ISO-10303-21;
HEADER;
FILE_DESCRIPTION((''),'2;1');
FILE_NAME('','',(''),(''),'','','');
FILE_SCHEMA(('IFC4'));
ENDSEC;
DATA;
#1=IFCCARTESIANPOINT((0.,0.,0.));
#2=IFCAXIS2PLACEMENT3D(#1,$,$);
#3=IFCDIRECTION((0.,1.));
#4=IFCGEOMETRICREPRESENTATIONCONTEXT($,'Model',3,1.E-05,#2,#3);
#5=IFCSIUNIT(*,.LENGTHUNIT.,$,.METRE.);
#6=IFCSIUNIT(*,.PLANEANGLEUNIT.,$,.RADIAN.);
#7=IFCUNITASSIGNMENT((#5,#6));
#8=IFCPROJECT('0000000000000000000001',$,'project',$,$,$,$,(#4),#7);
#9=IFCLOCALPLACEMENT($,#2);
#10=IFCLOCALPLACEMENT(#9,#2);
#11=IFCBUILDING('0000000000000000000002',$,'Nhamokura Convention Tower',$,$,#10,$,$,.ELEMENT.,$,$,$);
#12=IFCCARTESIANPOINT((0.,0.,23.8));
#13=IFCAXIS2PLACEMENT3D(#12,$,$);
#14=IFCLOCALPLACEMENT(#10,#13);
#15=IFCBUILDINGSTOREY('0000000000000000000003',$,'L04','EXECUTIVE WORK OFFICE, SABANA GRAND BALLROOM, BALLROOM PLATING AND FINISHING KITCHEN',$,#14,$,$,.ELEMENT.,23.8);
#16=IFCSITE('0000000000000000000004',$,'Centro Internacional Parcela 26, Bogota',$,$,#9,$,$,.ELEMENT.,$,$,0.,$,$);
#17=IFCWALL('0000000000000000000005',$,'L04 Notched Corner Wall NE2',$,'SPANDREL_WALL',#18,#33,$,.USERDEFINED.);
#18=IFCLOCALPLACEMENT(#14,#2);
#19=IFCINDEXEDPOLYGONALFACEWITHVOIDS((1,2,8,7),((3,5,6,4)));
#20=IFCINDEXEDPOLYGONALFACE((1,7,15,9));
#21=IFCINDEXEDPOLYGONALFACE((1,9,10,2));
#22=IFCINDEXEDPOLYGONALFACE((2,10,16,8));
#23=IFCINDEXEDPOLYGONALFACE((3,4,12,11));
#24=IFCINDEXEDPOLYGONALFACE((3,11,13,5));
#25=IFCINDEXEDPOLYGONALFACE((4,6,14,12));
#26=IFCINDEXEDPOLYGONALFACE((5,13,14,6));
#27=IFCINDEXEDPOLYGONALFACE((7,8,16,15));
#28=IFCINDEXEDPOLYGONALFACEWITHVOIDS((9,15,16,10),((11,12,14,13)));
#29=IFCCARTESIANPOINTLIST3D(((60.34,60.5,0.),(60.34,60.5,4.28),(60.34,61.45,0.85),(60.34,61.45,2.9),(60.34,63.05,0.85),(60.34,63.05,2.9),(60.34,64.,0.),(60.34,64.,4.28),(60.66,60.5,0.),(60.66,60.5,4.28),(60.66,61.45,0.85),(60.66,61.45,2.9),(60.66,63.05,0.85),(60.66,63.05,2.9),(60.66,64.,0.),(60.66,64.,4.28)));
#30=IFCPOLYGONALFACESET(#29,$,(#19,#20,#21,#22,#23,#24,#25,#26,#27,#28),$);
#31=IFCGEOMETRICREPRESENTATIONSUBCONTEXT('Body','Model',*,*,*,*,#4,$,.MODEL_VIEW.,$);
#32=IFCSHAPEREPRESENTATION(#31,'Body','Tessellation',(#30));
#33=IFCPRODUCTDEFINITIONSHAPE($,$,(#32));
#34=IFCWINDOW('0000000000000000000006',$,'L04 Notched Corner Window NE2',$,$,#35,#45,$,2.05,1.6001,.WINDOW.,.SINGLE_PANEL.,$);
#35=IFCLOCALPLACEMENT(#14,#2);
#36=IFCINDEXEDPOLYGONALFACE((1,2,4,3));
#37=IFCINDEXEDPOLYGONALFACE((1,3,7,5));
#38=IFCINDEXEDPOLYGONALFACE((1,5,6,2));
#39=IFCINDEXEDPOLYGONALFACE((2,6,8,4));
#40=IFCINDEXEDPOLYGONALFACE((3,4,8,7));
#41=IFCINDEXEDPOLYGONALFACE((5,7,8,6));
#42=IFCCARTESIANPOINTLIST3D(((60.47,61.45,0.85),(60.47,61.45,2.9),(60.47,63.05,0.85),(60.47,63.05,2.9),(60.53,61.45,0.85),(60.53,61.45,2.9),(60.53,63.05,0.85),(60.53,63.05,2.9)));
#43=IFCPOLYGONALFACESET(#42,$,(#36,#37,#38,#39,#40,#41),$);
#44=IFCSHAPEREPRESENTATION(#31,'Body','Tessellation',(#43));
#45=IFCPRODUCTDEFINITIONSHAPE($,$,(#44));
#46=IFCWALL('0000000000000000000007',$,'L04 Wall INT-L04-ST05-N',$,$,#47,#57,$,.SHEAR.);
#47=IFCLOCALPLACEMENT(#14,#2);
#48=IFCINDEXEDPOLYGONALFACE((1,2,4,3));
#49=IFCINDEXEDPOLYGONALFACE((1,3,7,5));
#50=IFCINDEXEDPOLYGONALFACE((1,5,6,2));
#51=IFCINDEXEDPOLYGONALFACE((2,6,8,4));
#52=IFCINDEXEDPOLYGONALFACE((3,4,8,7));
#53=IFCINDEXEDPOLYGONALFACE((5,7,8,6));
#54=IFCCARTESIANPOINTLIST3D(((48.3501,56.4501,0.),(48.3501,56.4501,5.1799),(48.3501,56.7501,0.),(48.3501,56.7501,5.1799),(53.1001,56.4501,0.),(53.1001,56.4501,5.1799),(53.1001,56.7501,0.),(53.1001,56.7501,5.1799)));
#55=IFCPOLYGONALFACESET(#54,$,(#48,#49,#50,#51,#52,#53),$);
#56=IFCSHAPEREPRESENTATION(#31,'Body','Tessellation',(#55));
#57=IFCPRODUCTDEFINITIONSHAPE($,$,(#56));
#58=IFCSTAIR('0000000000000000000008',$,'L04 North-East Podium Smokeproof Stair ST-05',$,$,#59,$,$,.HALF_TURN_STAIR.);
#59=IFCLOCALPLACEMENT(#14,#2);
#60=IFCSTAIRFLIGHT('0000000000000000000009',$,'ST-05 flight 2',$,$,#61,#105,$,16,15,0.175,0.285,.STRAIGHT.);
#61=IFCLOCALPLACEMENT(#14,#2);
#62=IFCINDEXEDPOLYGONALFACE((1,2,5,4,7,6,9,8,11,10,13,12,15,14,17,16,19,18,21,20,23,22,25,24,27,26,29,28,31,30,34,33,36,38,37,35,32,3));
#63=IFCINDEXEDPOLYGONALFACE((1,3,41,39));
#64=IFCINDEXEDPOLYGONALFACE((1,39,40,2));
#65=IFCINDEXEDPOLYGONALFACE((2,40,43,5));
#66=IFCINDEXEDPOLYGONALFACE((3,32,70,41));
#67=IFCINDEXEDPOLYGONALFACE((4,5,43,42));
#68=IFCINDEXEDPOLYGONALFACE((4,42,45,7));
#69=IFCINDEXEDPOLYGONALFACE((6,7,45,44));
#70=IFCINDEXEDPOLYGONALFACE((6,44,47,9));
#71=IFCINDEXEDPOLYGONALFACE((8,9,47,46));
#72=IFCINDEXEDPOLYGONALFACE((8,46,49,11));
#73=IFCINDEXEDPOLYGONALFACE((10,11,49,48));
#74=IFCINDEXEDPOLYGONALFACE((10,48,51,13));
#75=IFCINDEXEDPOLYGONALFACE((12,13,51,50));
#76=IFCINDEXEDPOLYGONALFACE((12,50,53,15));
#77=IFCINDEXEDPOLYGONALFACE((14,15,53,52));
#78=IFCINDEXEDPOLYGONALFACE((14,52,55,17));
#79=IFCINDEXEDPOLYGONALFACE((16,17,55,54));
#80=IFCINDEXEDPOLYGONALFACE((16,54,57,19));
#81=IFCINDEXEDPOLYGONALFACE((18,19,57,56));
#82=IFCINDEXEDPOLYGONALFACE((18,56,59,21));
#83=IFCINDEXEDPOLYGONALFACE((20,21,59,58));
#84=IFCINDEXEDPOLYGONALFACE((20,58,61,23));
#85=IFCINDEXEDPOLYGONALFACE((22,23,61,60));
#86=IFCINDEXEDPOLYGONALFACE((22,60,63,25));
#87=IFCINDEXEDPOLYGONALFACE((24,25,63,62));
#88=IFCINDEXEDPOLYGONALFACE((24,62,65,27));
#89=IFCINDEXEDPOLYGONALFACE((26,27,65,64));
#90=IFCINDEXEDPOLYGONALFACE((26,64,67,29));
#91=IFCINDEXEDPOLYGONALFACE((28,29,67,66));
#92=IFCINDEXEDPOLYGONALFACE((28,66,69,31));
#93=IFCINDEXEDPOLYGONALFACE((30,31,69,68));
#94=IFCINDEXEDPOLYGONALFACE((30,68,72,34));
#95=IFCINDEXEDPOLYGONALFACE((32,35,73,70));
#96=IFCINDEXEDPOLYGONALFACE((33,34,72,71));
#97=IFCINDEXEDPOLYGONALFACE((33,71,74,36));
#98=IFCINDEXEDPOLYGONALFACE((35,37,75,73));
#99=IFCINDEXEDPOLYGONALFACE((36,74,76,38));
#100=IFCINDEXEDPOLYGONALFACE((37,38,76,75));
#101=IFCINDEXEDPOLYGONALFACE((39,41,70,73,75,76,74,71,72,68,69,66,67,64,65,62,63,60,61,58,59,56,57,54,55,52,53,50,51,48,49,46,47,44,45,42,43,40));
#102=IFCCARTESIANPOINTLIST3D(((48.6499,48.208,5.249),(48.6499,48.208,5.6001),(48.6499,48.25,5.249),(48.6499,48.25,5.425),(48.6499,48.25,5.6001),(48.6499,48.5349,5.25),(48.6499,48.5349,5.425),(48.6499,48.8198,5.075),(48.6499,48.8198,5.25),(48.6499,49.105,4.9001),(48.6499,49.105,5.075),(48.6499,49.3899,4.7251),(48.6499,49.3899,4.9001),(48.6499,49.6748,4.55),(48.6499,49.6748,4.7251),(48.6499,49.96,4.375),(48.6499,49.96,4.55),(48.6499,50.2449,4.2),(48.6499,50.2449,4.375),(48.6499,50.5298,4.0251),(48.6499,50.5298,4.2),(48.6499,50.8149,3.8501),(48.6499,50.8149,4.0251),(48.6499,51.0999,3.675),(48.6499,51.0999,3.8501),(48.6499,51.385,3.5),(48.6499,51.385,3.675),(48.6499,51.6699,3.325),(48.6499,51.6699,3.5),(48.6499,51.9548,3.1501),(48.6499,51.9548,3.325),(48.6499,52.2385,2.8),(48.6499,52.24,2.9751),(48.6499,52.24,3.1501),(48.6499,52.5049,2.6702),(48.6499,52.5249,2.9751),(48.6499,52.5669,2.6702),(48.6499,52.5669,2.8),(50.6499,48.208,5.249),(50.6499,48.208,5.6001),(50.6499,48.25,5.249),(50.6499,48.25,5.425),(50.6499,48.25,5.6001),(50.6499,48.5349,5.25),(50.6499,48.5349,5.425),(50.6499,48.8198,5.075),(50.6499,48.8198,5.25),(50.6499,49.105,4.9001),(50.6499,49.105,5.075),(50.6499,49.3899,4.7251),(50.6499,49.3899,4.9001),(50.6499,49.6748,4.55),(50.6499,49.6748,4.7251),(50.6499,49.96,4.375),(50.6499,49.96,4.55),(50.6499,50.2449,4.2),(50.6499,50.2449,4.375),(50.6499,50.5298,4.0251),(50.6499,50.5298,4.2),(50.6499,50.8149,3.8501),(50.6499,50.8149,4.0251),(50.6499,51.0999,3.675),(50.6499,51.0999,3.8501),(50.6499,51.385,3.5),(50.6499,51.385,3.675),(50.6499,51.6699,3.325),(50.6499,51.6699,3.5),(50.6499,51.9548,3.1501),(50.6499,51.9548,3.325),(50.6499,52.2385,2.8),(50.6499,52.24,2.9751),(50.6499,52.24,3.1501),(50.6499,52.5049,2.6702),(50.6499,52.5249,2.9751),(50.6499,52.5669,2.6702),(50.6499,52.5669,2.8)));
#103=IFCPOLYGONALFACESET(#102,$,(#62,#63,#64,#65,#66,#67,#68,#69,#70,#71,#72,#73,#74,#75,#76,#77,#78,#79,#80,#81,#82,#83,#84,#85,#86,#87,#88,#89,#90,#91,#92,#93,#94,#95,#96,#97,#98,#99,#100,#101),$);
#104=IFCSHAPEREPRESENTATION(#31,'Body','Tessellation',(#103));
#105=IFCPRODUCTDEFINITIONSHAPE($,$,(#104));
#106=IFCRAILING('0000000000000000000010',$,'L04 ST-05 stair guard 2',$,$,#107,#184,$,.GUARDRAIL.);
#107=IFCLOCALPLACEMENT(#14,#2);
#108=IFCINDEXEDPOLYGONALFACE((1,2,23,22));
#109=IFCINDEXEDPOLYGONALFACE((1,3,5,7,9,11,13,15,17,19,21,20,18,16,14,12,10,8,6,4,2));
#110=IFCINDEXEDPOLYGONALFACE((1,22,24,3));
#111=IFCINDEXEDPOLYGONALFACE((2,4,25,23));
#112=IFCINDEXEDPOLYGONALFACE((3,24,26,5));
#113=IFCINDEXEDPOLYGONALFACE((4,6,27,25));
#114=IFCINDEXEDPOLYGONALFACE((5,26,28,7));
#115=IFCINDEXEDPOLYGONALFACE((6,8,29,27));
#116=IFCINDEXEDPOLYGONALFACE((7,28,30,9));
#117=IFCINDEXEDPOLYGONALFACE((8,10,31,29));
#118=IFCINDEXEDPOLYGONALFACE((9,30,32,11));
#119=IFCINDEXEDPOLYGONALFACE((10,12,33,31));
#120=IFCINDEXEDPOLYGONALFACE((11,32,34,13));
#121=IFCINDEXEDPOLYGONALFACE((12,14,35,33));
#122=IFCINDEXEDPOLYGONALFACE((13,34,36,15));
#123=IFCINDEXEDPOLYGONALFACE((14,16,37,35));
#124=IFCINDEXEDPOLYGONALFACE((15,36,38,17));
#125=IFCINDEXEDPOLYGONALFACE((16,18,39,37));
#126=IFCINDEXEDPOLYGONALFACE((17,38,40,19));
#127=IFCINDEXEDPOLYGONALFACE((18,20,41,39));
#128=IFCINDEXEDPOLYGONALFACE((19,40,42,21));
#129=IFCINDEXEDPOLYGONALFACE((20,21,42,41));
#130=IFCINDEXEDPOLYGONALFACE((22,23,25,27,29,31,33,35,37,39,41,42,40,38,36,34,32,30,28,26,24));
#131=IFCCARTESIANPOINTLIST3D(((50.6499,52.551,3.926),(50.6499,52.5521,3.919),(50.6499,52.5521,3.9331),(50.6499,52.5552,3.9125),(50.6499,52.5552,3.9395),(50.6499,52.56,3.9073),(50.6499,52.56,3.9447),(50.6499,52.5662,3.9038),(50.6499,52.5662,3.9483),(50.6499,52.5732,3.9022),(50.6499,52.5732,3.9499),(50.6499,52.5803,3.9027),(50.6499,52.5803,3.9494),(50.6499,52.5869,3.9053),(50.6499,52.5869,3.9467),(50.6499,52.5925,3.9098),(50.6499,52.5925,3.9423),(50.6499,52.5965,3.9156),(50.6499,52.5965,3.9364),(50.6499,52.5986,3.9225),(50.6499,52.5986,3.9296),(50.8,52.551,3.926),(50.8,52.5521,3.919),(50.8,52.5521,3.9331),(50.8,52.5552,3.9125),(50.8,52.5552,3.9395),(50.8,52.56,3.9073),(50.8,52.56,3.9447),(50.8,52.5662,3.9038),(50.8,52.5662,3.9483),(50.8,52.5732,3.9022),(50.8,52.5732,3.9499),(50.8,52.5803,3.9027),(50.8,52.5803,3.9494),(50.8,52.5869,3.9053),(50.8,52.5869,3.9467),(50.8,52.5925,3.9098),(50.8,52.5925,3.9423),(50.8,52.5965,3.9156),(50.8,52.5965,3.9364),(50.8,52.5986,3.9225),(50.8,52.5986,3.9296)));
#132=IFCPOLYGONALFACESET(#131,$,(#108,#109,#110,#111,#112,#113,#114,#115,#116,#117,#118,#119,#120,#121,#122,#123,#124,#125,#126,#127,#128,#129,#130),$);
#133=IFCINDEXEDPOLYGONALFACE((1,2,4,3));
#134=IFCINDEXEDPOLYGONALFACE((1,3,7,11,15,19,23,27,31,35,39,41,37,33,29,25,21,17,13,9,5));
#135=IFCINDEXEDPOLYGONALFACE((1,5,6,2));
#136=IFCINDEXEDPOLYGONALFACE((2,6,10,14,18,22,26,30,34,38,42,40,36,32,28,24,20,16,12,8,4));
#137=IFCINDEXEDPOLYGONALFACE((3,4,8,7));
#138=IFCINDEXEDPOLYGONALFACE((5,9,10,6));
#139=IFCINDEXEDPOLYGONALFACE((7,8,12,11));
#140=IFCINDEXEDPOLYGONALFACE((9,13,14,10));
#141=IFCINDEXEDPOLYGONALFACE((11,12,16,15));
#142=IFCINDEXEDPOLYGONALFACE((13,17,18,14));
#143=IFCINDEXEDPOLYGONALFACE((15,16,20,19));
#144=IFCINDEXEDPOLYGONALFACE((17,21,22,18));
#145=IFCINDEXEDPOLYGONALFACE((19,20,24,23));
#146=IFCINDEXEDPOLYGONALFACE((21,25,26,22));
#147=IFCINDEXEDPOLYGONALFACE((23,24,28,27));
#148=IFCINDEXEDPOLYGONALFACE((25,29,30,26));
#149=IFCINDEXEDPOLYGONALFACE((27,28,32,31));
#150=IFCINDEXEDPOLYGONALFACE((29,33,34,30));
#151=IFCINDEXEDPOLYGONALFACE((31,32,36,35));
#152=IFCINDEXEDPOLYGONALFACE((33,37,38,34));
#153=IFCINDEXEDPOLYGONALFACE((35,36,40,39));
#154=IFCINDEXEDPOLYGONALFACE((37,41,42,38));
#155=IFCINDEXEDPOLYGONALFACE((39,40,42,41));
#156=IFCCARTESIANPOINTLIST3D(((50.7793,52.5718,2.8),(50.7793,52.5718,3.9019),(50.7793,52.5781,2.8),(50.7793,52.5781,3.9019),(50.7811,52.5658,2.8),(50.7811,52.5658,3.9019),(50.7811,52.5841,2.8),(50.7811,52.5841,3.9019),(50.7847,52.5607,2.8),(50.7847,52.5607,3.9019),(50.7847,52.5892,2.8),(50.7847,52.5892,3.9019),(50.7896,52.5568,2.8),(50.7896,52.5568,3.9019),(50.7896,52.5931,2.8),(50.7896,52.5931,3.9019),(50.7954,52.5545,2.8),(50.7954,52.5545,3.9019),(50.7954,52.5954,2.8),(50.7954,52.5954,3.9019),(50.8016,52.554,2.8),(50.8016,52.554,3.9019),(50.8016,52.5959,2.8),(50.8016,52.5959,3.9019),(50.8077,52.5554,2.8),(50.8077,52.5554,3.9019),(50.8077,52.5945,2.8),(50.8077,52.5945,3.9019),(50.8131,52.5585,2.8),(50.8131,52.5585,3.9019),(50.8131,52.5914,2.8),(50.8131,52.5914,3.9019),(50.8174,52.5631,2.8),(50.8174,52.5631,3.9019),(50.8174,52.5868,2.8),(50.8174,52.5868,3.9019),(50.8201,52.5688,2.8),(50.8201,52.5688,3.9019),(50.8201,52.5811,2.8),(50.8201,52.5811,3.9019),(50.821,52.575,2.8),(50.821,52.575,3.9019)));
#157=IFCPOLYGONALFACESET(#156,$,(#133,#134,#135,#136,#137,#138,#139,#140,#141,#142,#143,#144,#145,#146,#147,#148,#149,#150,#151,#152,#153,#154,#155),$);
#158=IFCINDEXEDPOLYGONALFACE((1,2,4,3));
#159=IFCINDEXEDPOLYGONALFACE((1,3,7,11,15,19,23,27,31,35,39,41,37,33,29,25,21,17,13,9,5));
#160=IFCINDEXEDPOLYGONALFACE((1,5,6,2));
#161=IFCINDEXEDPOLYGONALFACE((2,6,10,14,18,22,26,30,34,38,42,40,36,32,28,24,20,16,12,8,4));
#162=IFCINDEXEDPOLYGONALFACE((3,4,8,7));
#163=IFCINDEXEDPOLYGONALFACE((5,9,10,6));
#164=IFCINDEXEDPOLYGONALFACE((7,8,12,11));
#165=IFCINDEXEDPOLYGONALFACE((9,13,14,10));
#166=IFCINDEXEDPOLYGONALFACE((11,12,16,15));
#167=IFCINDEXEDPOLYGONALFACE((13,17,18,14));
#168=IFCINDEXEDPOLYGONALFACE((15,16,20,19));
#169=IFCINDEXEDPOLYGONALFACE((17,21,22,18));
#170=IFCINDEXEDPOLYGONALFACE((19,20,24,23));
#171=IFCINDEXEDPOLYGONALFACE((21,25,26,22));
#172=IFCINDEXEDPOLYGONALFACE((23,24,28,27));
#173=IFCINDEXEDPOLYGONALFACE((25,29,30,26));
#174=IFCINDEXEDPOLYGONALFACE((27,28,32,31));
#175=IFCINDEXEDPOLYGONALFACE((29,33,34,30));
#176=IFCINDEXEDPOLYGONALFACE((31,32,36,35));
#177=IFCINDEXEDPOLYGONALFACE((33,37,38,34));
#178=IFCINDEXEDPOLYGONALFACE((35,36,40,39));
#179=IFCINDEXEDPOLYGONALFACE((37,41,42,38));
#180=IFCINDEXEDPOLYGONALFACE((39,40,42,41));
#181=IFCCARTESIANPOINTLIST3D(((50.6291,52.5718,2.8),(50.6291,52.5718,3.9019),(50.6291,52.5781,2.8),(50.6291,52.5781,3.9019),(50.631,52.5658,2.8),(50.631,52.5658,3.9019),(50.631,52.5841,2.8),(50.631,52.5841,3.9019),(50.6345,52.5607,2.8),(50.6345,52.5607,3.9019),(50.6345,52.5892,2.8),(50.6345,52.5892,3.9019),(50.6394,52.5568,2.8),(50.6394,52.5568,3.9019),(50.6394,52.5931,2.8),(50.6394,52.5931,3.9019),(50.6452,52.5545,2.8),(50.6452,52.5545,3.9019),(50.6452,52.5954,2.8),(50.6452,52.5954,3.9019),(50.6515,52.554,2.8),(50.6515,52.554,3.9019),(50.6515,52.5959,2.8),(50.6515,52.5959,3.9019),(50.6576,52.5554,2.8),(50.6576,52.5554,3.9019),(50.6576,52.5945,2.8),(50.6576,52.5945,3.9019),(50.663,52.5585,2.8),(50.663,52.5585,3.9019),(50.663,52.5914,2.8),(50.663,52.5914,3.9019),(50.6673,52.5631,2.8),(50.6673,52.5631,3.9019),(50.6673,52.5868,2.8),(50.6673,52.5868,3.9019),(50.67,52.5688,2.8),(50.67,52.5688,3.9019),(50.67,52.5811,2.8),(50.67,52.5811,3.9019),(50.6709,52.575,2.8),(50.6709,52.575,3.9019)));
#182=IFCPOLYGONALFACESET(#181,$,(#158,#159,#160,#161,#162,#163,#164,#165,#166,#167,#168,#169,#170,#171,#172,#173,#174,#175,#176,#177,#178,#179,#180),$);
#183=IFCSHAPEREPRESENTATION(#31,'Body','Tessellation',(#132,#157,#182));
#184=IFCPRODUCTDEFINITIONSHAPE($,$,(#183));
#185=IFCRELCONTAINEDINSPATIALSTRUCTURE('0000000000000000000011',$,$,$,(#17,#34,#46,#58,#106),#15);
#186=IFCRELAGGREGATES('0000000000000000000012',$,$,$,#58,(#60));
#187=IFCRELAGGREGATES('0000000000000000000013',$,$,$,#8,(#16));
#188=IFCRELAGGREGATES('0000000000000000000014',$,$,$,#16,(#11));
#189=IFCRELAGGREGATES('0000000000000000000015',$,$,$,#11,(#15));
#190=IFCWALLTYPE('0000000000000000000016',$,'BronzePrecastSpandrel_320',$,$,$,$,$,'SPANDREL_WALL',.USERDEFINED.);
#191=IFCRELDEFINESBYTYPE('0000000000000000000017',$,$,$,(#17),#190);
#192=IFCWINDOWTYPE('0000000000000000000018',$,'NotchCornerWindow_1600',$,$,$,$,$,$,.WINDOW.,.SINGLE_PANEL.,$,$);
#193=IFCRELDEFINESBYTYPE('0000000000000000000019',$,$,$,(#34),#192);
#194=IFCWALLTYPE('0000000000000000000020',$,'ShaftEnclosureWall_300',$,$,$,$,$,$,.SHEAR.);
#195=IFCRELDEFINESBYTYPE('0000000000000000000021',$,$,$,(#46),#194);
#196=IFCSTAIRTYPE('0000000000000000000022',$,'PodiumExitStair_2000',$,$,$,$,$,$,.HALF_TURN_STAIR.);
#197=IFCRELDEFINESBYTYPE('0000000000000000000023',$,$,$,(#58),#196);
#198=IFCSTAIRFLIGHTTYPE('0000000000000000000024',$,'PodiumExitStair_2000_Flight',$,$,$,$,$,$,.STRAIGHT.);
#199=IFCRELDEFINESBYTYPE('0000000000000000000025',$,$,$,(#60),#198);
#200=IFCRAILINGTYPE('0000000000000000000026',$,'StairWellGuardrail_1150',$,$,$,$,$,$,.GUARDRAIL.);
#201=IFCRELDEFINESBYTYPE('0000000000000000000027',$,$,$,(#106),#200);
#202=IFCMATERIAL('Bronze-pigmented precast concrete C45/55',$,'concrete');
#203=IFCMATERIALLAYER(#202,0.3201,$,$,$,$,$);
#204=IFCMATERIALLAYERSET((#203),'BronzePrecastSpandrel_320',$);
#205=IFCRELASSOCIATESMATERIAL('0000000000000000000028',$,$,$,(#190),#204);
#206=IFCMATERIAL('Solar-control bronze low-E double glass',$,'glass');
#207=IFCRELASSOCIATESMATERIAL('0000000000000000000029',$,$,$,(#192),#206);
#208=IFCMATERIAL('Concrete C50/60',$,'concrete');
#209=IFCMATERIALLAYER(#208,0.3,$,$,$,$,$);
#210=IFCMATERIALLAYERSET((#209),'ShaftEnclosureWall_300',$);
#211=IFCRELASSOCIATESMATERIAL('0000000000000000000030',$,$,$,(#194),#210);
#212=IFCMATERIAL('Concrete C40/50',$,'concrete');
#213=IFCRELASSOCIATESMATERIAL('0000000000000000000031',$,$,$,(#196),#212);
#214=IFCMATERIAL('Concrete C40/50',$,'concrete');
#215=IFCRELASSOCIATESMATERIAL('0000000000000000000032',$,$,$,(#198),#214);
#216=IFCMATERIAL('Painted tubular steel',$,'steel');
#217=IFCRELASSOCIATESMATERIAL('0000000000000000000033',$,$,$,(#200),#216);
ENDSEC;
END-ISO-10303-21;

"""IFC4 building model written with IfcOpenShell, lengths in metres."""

from ifc_helpers import new_model, si_unit, direction, frame, frame_2d, origin, origin_2d, place, context, subcontext, project, spatial, polyline, rectangle, circle, outline, extrude, material, layer, layer_set, type_object, element, fill, aggregate, save


model = new_model("IFC4")

# Units and contexts
model_context = context("Model", 3, precision=1e-05, world=origin(), true_north=direction((0.0, 1.0)))
body_context = subcontext(model_context, "Body", "Model", "MODEL_VIEW")
ifc_project = project(units=[si_unit("LENGTHUNIT", "METRE"), si_unit("PLANEANGLEUNIT", "RADIAN")], contexts=[model_context])

# Site, building, storey
site_placement = place(None, origin())
site = spatial("IfcSite", under=ifc_project, at=site_placement, Name="Centro Internacional Parcela 26, Bogota", CompositionType="ELEMENT", RefElevation=0.0)
building_placement = place(site_placement, origin())
building = spatial("IfcBuilding", under=site, at=building_placement, Name="Nhamokura Convention Tower", CompositionType="ELEMENT")
storey_placement = place(building_placement, frame((0.0, 0.0, 23.8)))
storey = spatial("IfcBuildingStorey", under=building, at=storey_placement, Name="L04", Description="EXECUTIVE WORK OFFICE, SABANA GRAND BALLROOM, BALLROOM PLATING AND FINISHING KITCHEN", CompositionType="ELEMENT", Elevation=23.8)

# Shared definitions
ifc_material_1 = material(Name="Bronze-pigmented precast concrete C45/55", Category="concrete")
ifc_layer_1 = layer(ifc_material_1, 0.3201)
ifc_layer_set_1 = layer_set([ifc_layer_1], Name="BronzePrecastSpandrel_320")
wall_type_1 = type_object("IfcWallType", Name="BronzePrecastSpandrel_320", ElementType="SPANDREL_WALL", PredefinedType="USERDEFINED", material=ifc_layer_set_1)

# Wall, opening, window
ifc_material_2 = material(Name="Solar-control bronze low-E double glass", Category="glass")
window_type = type_object("IfcWindowType", Name="NotchCornerWindow_1600", PartitioningType="SINGLE_PANEL", PredefinedType="WINDOW", material=ifc_material_2)
wall_1_placement = place(storey_placement, frame((60.5, 64.0, 0.0), z_axis=(0.0, 0.0, 1.0), x_axis=(0.0, -1.0, 0.0)))
wall_1 = element("IfcWall", 1, at=wall_1_placement, inside=storey, type_object=wall_type_1, Name="L04 Notched Corner Wall NE2", ObjectType="SPANDREL_WALL", PredefinedType="USERDEFINED", context=body_context, shape_type="SweptSolid", body=[
    extrude(rectangle(XDim=3.5, YDim=0.3201, at=frame_2d((1.75, 0.0))), origin(), (0.0, 0.0, 1.0), 4.28),
])
opening_1_placement = place(wall_1_placement, frame((0.95, 0.0, 0.8501)))
opening_1 = element("IfcOpeningElement", 2, at=opening_1_placement, cuts=wall_1, PredefinedType="OPENING", context=body_context, shape_type="SweptSolid", body=[
    extrude(rectangle(XDim=1.6001, YDim=2.05, at=frame_2d((0.8, 1.0249))), frame((0.0, 0.1699, 0.0), z_axis=(0.0, -1.0, 0.0), x_axis=(1.0, 0.0, 0.0)), (0.0, 0.0, 1.0), 0.3401),
])
window_1_placement = place(opening_1_placement, origin())
window_1 = element("IfcWindow", 3, at=window_1_placement, inside=storey, type_object=window_type, Name="L04 Notched Corner Window NE2", OverallHeight=2.05, OverallWidth=1.6001, PartitioningType="SINGLE_PANEL", PredefinedType="WINDOW", context=body_context, shape_type="SweptSolid", body=[
    extrude(rectangle(XDim=1.6001, YDim=2.05, at=frame_2d((0.8, 1.0249))), frame((0.0, 0.03, 0.0), z_axis=(0.0, -1.0, 0.0), x_axis=(1.0, 0.0, 0.0)), (0.0, 0.0, 1.0), 0.0601),
])
fill(opening_1, window_1)

# Wall
ifc_material_3 = material(Name="Concrete C50/60", Category="concrete")
ifc_layer_2 = layer(ifc_material_3, 0.3)
ifc_layer_set_2 = layer_set([ifc_layer_2], Name="ShaftEnclosureWall_300")
wall_type_2 = type_object("IfcWallType", Name="ShaftEnclosureWall_300", PredefinedType="SHEAR", material=ifc_layer_set_2)
wall_2_placement = place(storey_placement, frame((48.3501, 56.6001, 0.0), z_axis=(0.0, 0.0, 1.0), x_axis=(1.0, 0.0, 0.0)))
element("IfcWall", 4, at=wall_2_placement, inside=storey, type_object=wall_type_2, Name="L04 Wall INT-L04-ST05-N", PredefinedType="SHEAR", context=body_context, shape_type="SweptSolid", body=[
    extrude(rectangle(XDim=4.75, YDim=0.3, at=frame_2d((2.375, 0.0))), origin(), (0.0, 0.0, 1.0), 5.1799),
])

# Stair, stair flight
ifc_material_4 = material(Name="Concrete C40/50", Category="concrete")
stair_type = type_object("IfcStairType", Name="PodiumExitStair_2000", PredefinedType="HALF_TURN_STAIR", material=ifc_material_4)
stair_placement = place(storey_placement, origin())
stair = element("IfcStair", 5, at=stair_placement, inside=storey, type_object=stair_type, Name="L04 North-East Podium Smokeproof Stair ST-05", PredefinedType="HALF_TURN_STAIR")
ifc_material_5 = material(Name="Concrete C40/50", Category="concrete")
stair_flight_type = type_object("IfcStairFlightType", Name="PodiumExitStair_2000_Flight", PredefinedType="STRAIGHT", material=ifc_material_5)
stair_flight_placement = place(storey_placement, frame((49.6499, 52.5249, 2.8), z_axis=(0.0, 0.0, 1.0), x_axis=(0.0, -1.0, 0.0)))
stair_flight = element("IfcStairFlight", 6, at=stair_flight_placement, type_object=stair_flight_type, Name="ST-05 flight 2", NumberOfRisers=16, NumberOfTreads=15, PredefinedType="STRAIGHT", RiserHeight=0.175, TreadLength=0.285, context=body_context, shape_type="SweptSolid", body=[
    extrude(outline(polyline([(-0.042, 0.0), (0.0, 0.175), (0.2849, 0.175), (0.2849, 0.3501), (0.5701, 0.3501), (0.5701, 0.5249), (0.855, 0.5249), (0.855, 0.7), (1.1399, 0.7), (1.1399, 0.875), (1.425, 0.875), (1.425, 1.05), (1.71, 1.05), (1.71, 1.2251), (1.9951, 1.2251), (1.9951, 1.3999), (2.28, 1.3999), (2.28, 1.575), (2.5649, 1.575), (2.5649, 1.75), (2.8501, 1.75), (2.8501, 1.925), (3.135, 1.925), (3.135, 2.1001), (3.4199, 2.1001), (3.4199, 2.2749), (3.7051, 2.2749), (3.7051, 2.45), (3.99, 2.45), (3.99, 2.625), (4.2749, 2.625), (4.2749, 2.8), (4.3169, 2.8), (4.3169, 2.449), (4.2749, 2.449), (0.2864, 0.0), (0.02, -0.1299), (-0.042, -0.1299), (-0.042, 0.0)])), frame((0.0, 1.0, 0.0), z_axis=(0.0, -1.0, 0.0), x_axis=(1.0, 0.0, 0.0)), (0.0, 0.0, 1.0), 2.0),
])
aggregate(stair, [stair_flight])

# Railing
ifc_material_6 = material(Name="Painted tubular steel", Category="steel")
railing_type = type_object("IfcRailingType", Name="StairWellGuardrail_1150", PredefinedType="GUARDRAIL", material=ifc_material_6)
railing_1_placement = place(storey_placement, frame((50.8, 52.575, 2.8)))
element("IfcRailing", 7, at=railing_1_placement, inside=storey, type_object=railing_type, Name="L04 ST-05 stair guard 2", PredefinedType="GUARDRAIL", context=body_context, shape_type="SweptSolid", body=[
    extrude(circle(Radius=0.0239, at=origin_2d()), frame((0.0, 0.0, 1.126), z_axis=(-1.0, 0.0, 0.0), x_axis=(0.0, -1.0, 0.0)), (0.0, 0.0, 1.0), 0.1501),
    extrude(circle(Radius=0.021, at=origin_2d()), origin(), (0.0, 0.0, 1.0), 1.1018),
    extrude(circle(Radius=0.021, at=origin_2d()), frame((-0.1501, 0.0, 0.0)), (0.0, 0.0, 1.0), 1.1018),
])

save(model, "model.ifc")
